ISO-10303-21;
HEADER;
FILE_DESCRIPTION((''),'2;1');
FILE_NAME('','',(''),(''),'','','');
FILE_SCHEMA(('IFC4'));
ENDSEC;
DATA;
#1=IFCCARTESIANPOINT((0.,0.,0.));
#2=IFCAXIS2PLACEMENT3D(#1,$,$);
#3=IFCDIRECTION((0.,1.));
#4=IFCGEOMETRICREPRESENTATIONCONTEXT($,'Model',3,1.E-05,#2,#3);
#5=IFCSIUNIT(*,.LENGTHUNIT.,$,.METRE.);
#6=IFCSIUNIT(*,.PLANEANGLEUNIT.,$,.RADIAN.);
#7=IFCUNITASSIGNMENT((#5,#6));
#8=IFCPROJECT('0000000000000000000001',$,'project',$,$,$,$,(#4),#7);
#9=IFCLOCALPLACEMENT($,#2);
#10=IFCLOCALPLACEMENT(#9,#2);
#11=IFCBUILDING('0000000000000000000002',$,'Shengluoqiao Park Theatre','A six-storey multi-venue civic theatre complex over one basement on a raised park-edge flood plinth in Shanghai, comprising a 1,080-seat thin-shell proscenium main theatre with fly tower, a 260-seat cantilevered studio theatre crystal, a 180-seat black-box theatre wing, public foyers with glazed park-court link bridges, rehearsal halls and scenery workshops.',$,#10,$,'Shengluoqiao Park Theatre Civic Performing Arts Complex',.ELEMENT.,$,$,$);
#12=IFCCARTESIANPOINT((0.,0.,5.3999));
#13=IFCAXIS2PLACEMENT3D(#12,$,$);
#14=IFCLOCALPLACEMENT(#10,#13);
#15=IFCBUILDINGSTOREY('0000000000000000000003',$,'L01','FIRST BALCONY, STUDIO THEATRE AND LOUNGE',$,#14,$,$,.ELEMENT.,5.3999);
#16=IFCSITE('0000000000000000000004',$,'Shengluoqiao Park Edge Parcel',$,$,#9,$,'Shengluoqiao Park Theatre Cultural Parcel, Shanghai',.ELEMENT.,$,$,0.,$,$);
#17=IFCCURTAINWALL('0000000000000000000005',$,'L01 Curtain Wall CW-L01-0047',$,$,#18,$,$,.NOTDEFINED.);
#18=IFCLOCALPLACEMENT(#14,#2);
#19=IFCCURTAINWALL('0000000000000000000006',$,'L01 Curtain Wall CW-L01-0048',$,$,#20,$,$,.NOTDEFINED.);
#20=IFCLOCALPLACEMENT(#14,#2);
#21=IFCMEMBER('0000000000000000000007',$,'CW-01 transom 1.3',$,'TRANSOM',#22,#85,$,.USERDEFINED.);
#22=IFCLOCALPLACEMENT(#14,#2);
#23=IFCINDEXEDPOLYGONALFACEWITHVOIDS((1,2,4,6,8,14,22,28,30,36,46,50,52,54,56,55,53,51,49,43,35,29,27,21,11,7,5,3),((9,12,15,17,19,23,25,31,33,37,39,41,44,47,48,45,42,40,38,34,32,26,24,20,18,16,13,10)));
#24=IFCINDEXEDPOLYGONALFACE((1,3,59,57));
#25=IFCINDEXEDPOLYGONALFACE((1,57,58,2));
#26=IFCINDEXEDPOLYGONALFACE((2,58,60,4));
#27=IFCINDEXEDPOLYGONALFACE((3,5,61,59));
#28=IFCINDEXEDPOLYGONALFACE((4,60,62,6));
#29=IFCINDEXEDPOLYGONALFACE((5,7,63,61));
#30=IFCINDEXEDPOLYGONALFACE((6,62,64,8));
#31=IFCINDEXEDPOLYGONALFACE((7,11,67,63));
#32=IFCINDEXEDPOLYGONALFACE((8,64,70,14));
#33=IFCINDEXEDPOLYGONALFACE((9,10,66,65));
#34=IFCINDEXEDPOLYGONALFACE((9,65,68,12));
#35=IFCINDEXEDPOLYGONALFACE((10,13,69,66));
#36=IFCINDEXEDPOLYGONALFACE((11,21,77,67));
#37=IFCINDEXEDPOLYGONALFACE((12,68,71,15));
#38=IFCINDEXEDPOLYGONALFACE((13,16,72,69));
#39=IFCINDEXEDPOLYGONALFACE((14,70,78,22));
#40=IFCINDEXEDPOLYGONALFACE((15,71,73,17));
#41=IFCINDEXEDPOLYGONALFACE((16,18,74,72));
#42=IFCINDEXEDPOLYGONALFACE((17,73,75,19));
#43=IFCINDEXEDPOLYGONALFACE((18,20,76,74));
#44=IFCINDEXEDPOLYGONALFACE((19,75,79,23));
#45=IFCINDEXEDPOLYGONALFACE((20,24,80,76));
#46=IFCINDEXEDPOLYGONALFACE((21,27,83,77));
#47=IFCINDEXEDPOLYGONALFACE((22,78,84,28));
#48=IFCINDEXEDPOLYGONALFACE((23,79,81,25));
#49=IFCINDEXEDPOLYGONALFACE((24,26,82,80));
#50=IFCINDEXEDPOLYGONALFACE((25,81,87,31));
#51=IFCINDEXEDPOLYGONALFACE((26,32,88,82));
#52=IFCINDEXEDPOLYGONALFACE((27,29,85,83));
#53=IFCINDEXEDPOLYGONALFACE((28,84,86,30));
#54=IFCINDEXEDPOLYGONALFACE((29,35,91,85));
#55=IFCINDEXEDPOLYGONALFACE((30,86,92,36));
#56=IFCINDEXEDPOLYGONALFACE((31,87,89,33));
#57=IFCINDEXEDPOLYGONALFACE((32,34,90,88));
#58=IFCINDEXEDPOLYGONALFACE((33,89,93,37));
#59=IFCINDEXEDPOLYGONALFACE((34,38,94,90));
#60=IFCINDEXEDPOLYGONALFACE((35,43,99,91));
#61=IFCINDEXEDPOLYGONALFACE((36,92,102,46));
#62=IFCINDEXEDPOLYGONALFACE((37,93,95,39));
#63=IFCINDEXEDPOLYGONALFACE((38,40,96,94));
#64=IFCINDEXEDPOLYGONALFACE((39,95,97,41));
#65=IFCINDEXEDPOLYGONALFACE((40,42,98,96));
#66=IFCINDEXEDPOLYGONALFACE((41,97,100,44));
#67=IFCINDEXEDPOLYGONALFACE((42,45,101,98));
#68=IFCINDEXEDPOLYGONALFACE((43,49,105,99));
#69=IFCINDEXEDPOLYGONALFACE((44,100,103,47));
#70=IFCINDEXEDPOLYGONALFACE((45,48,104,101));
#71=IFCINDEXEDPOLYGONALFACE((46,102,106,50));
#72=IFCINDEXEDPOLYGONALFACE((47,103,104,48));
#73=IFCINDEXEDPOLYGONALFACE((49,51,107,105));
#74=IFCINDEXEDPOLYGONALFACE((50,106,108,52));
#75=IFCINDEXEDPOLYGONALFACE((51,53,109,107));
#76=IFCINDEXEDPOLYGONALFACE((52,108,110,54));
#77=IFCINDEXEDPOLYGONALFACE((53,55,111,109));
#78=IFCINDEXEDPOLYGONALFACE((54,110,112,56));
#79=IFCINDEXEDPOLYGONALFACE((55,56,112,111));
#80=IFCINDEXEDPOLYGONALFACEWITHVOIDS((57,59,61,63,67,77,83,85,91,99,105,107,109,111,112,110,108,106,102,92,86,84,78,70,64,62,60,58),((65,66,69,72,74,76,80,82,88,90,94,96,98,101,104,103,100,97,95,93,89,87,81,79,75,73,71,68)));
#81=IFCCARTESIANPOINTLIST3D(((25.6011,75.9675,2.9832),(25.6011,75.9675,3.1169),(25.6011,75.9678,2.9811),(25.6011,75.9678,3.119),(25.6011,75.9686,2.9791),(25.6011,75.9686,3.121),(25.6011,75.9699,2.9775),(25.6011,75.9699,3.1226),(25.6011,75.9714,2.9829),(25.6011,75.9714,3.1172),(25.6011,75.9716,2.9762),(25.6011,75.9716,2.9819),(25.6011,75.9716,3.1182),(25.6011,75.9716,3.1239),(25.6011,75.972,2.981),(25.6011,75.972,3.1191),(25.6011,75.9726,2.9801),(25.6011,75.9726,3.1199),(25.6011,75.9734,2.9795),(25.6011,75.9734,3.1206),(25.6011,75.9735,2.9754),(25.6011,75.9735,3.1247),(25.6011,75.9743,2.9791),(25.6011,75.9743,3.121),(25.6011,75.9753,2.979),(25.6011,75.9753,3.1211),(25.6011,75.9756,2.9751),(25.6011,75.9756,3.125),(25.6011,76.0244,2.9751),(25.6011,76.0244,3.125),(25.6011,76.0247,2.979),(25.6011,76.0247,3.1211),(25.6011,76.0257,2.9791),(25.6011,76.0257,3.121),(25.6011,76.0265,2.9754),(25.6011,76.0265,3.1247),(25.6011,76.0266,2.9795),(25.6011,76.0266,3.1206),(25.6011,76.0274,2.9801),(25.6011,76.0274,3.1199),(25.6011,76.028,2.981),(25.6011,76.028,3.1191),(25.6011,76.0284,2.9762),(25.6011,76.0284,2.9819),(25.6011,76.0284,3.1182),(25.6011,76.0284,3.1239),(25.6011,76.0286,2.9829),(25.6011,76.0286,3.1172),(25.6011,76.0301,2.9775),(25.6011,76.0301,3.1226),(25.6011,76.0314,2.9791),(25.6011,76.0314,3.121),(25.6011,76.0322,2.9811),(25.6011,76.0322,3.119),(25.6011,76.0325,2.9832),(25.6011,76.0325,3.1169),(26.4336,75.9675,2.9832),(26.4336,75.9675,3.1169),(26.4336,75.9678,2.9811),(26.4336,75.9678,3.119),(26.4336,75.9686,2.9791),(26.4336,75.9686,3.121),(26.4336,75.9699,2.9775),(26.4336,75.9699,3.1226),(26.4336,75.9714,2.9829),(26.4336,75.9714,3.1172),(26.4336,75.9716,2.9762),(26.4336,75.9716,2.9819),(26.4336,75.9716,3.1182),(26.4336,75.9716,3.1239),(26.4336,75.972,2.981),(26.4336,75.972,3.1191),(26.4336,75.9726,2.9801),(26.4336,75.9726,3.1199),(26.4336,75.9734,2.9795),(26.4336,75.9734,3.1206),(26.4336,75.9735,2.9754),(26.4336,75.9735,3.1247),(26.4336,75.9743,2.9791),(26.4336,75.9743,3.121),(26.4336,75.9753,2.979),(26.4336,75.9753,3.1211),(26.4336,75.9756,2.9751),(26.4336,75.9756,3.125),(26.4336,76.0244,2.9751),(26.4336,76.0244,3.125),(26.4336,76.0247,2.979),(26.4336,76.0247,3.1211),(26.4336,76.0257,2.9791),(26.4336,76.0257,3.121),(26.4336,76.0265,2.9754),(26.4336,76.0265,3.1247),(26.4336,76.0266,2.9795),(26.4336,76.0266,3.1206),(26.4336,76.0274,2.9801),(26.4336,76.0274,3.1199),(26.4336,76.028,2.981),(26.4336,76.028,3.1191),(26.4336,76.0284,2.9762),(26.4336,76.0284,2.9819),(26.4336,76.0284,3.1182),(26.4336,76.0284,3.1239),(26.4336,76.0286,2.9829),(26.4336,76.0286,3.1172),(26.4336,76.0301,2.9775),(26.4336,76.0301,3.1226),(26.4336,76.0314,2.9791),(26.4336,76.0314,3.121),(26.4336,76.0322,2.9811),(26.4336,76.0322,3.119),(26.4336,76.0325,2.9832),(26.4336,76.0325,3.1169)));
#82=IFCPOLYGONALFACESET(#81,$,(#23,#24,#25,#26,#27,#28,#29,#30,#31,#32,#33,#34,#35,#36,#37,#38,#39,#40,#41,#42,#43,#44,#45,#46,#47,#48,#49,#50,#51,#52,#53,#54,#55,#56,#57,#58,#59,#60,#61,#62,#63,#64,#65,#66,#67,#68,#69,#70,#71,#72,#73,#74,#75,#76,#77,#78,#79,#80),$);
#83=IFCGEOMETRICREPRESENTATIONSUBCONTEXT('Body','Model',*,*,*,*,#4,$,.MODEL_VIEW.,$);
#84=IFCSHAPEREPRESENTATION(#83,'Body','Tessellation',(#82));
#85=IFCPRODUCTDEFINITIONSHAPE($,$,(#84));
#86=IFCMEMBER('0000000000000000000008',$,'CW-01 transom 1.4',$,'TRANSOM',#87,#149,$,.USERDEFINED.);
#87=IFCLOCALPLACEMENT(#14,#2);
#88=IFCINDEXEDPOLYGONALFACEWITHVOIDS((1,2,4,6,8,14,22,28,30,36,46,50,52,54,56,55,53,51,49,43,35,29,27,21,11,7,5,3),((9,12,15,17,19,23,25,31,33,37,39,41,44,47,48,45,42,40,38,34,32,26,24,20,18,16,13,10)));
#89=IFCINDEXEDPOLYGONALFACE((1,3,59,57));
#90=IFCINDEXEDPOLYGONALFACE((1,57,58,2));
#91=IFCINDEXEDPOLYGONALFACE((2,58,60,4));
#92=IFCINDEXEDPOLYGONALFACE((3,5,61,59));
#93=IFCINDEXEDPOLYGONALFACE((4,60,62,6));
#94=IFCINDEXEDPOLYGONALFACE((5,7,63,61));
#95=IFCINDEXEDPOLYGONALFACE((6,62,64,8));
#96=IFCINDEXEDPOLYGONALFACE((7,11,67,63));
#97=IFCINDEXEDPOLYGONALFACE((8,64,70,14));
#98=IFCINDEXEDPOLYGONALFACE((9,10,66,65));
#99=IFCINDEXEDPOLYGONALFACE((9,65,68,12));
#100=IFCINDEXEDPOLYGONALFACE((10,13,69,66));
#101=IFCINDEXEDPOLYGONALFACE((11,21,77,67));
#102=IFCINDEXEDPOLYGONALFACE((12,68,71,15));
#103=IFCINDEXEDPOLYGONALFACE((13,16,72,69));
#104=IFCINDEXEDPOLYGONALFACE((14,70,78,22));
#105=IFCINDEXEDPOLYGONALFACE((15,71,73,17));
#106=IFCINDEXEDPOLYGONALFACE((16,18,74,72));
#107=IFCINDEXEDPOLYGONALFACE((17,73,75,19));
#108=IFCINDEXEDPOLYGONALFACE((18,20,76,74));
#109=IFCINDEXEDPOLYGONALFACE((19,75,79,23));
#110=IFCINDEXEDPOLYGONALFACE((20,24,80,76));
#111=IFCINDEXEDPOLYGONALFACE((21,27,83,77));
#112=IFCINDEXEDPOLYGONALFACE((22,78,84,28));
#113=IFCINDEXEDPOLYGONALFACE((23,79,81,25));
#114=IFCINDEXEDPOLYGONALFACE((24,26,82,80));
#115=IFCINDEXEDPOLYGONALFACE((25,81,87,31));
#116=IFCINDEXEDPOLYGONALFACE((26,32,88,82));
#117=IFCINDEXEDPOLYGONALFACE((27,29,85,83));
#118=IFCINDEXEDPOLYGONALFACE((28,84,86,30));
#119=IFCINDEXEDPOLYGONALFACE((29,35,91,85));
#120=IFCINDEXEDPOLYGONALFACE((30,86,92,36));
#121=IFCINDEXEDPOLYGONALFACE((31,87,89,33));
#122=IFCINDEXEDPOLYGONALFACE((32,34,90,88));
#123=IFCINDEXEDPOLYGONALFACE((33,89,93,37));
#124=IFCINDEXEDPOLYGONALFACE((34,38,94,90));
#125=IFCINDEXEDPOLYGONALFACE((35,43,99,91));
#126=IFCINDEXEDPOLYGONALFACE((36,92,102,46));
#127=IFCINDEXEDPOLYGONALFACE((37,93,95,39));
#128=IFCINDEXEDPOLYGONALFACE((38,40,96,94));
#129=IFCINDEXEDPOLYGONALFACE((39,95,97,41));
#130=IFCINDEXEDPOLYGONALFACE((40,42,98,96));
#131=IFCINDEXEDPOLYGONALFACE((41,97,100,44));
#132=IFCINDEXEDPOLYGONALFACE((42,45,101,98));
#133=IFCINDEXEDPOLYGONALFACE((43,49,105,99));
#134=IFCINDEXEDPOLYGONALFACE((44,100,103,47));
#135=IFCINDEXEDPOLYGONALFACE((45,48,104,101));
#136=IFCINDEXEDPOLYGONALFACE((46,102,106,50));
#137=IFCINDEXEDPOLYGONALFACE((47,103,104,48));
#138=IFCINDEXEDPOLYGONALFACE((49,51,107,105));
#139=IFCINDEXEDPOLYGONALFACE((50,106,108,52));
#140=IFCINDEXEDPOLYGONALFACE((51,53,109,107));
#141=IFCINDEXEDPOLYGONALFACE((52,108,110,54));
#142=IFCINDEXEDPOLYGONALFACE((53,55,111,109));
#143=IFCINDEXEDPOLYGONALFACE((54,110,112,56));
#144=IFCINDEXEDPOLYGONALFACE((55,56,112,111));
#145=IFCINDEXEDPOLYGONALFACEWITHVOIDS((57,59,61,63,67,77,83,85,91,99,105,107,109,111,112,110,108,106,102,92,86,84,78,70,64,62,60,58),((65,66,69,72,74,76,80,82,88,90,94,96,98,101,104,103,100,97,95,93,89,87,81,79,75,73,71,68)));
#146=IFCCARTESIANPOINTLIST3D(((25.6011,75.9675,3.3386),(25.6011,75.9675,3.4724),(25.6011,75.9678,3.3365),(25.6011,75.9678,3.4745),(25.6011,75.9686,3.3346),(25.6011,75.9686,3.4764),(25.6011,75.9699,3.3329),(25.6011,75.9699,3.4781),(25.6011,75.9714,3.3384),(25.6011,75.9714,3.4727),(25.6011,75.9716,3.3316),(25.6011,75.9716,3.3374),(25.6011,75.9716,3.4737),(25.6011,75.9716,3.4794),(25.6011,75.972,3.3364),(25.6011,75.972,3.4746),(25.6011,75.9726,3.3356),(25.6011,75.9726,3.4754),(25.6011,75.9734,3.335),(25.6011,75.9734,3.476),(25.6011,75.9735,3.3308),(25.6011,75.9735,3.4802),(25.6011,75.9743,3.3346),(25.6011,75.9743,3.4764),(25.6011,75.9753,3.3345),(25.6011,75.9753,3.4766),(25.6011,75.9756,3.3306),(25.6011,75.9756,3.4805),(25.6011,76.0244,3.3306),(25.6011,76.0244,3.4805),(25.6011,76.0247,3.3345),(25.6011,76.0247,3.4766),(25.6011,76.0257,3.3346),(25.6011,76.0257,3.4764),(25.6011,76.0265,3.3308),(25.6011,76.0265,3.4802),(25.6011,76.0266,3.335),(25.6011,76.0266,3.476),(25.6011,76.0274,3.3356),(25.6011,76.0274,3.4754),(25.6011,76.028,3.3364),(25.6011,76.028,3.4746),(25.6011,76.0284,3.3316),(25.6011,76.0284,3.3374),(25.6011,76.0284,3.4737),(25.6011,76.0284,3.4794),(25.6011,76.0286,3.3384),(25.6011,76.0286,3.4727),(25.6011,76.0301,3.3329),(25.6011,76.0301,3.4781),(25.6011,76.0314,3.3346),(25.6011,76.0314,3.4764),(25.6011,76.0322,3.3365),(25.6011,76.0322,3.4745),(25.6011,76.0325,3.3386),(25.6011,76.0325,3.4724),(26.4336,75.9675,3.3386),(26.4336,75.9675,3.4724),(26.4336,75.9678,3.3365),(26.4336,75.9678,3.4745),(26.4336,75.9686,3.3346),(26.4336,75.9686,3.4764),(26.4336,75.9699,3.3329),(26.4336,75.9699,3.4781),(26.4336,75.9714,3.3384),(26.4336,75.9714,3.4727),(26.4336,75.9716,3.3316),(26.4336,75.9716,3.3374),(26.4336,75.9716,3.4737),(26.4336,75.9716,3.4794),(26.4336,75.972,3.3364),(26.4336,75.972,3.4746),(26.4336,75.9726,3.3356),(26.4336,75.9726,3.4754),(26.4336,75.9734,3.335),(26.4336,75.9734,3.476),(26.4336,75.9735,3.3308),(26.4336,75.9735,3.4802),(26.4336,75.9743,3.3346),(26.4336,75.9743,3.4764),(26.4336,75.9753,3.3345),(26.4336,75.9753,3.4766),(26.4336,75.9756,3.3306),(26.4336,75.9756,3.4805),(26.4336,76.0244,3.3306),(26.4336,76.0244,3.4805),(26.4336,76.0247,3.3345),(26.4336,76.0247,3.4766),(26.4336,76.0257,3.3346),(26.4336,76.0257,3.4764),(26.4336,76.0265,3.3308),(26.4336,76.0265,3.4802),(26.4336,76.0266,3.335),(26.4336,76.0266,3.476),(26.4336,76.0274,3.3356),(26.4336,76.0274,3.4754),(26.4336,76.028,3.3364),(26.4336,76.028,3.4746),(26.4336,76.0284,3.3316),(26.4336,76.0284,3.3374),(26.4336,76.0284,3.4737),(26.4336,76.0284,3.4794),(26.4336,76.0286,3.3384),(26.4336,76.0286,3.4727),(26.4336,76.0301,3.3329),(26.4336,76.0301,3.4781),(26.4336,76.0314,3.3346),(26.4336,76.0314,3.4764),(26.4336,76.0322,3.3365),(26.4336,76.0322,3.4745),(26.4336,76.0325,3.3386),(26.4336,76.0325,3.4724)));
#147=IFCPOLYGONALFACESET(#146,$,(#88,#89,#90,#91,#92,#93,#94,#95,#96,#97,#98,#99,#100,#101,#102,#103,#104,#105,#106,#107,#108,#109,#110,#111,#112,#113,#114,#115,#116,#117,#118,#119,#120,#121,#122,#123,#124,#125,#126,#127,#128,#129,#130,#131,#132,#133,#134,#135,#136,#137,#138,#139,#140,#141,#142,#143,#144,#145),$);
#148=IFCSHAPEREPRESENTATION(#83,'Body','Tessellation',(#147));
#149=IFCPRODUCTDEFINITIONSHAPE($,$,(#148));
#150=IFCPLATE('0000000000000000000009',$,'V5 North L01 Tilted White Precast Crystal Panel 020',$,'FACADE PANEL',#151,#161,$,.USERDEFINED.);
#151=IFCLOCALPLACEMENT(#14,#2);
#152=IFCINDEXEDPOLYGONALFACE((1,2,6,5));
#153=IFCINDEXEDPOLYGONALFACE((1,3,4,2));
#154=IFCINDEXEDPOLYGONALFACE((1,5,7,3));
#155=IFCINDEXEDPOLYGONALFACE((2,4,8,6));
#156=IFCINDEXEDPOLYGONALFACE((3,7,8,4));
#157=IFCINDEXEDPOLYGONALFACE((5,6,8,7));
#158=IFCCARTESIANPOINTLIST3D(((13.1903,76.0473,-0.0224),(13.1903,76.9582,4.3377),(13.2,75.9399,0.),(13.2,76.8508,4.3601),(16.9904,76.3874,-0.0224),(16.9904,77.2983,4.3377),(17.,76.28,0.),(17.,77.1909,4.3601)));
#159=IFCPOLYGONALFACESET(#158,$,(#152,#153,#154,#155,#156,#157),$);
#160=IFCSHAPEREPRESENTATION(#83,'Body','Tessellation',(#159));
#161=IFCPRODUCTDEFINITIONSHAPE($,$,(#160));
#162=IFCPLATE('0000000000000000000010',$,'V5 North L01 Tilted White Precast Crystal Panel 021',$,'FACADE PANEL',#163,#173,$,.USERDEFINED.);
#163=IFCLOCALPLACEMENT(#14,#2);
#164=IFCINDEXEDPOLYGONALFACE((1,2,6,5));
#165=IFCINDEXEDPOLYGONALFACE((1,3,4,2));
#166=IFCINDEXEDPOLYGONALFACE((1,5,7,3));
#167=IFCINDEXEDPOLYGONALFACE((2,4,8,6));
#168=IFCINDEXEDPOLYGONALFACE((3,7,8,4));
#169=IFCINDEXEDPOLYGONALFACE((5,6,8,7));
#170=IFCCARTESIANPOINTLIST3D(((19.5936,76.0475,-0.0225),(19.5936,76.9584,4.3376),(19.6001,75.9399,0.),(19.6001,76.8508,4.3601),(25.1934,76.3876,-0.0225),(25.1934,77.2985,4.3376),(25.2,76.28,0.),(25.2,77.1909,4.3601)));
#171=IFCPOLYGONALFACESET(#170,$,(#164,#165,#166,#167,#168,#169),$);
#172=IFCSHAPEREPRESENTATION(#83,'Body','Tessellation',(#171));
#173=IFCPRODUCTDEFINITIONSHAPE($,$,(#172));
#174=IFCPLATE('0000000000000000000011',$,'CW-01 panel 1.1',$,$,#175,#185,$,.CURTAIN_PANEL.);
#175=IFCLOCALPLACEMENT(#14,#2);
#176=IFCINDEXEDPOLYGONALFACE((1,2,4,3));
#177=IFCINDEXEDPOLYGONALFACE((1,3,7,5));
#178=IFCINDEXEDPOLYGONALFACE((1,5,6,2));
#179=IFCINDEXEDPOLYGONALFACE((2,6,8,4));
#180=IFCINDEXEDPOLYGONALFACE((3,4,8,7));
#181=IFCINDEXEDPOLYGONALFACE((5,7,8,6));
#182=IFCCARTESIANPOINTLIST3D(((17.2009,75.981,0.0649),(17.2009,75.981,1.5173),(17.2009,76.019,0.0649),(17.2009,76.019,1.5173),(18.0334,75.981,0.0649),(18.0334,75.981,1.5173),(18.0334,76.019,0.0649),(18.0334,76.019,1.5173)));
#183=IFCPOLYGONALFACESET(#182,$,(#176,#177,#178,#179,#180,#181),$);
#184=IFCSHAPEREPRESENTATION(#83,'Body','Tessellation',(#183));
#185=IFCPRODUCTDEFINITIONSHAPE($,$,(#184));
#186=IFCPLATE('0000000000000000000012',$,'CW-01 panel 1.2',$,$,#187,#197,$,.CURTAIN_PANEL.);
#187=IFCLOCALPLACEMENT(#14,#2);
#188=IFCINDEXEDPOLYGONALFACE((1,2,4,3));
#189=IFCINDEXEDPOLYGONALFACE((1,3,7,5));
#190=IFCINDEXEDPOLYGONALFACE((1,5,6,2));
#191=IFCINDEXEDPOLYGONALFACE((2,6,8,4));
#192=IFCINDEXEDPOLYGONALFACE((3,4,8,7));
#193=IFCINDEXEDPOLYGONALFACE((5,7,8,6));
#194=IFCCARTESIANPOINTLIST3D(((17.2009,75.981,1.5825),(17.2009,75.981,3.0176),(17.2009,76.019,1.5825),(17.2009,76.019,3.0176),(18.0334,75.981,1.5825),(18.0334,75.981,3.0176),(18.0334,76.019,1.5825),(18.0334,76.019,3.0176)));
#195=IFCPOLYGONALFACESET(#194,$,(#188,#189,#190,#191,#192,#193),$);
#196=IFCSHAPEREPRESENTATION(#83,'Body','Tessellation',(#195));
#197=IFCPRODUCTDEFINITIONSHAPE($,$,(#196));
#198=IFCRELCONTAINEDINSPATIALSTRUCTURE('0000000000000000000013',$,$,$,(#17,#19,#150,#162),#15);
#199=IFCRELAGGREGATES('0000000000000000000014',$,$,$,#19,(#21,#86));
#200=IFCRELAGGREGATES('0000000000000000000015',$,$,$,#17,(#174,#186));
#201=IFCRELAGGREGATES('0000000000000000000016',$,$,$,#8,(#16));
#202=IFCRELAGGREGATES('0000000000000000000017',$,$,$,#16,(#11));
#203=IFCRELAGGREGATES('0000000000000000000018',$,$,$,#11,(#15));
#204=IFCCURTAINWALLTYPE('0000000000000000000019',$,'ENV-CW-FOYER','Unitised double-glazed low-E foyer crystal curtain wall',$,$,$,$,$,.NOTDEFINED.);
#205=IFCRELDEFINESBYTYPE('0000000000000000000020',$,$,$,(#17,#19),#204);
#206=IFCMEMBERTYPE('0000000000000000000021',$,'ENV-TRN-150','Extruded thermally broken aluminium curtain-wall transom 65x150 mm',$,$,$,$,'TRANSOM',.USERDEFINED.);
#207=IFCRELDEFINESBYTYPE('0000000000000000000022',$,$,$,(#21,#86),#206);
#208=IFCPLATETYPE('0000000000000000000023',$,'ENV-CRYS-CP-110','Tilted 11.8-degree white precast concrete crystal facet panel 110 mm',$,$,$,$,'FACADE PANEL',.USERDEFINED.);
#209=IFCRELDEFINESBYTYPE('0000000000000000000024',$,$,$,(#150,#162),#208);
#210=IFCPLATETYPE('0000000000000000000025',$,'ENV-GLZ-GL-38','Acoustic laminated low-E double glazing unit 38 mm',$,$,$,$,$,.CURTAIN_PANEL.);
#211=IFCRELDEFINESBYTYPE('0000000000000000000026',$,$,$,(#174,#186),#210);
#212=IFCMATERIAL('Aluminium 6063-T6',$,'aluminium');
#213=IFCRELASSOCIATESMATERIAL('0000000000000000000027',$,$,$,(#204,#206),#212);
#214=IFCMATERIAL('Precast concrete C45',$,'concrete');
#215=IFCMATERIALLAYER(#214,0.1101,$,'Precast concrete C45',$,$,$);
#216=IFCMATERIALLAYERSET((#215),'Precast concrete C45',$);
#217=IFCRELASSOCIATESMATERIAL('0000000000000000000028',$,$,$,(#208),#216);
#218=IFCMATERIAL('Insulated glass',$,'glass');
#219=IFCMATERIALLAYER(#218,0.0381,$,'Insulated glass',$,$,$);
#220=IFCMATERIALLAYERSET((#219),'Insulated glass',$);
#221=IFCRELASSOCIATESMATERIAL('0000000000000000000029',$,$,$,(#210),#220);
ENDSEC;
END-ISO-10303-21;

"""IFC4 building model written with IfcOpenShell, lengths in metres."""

from ifc_helpers import new_model, si_unit, direction, frame, origin, origin_2d, place, context, subcontext, project, spatial, polyline, rectangle, hollow_rectangle, outline, extrude, material, layer, layer_set, material_profile, profile_set, type_object, element, aggregate, save


model = new_model("IFC4")

# Units and contexts
model_context = context("Model", 3, precision=1e-05, world=origin(), true_north=direction((0.0, 1.0)))
body_context = subcontext(model_context, "Body", "Model", "MODEL_VIEW")
ifc_project = project(units=[si_unit("LENGTHUNIT", "METRE"), si_unit("PLANEANGLEUNIT", "RADIAN")], contexts=[model_context])

# Site, building, storey
site_placement = place(None, origin())
site = spatial("IfcSite", under=ifc_project, at=site_placement, Name="Shengluoqiao Park Edge Parcel", LongName="Shengluoqiao Park Theatre Cultural Parcel, Shanghai", CompositionType="ELEMENT", RefElevation=0.0)
building_placement = place(site_placement, origin())
building = spatial("IfcBuilding", under=site, at=building_placement, Name="Shengluoqiao Park Theatre", Description="A six-storey multi-venue civic theatre complex over one basement on a raised park-edge flood plinth in Shanghai, comprising a 1,080-seat thin-shell proscenium main theatre with fly tower, a 260-seat cantilevered studio theatre crystal, a 180-seat black-box theatre wing, public foyers with glazed park-court link bridges, rehearsal halls and scenery workshops.", LongName="Shengluoqiao Park Theatre Civic Performing Arts Complex", CompositionType="ELEMENT")
storey_placement = place(building_placement, frame((0.0, 0.0, 5.3999)))
storey = spatial("IfcBuildingStorey", under=building, at=storey_placement, Name="L01", Description="FIRST BALCONY, STUDIO THEATRE AND LOUNGE", CompositionType="ELEMENT", Elevation=5.3999)

# Shared definitions
ifc_material_1 = material(Name="Aluminium 6063-T6", Category="aluminium")
curtain_wall_type = type_object("IfcCurtainWallType", Name="ENV-CW-FOYER", Description="Unitised double-glazed low-E foyer crystal curtain wall", PredefinedType="NOTDEFINED", material=ifc_material_1)

# Curtain wall
curtain_wall_1_placement = place(storey_placement, origin())
curtain_wall_1 = element("IfcCurtainWall", 1, at=curtain_wall_1_placement, inside=storey, type_object=curtain_wall_type, Name="L01 Curtain Wall CW-L01-0047", PredefinedType="NOTDEFINED")

# Curtain wall
curtain_wall_2_placement = place(storey_placement, origin())
curtain_wall_2 = element("IfcCurtainWall", 2, at=curtain_wall_2_placement, inside=storey, type_object=curtain_wall_type, Name="L01 Curtain Wall CW-L01-0048", PredefinedType="NOTDEFINED")

# Members
ifc_material_profile_1 = material_profile(ifc_material_1, hollow_rectangle(XDim=0.0649, YDim=0.1499, WallThickness=0.0039, InnerFilletRadius=0.0039, OuterFilletRadius=0.0081, at=origin_2d()), Name="ALU TRANSOM 150x65x4")
ifc_profile_set_1 = profile_set([ifc_material_profile_1], Name="Aluminium 6063-T6")
member_type_1 = type_object("IfcMemberType", Name="ENV-TRN-150", Description="Extruded thermally broken aluminium curtain-wall transom 65x150 mm", ElementType="TRANSOM", PredefinedType="USERDEFINED", material=ifc_profile_set_1)
member_1_placement = place(storey_placement, frame((25.6011, 76.0, 3.05), z_axis=(1.0, 0.0, 0.0), x_axis=(0.0, 1.0, 0.0)))
member_1 = element("IfcMember", 3, at=member_1_placement, type_object=member_type_1, Name="CW-01 transom 1.3", ObjectType="TRANSOM", PredefinedType="USERDEFINED", context=body_context, shape_type="SweptSolid", body=[
    extrude(hollow_rectangle(XDim=0.0649, YDim=0.1499, WallThickness=0.0039, InnerFilletRadius=0.0039, OuterFilletRadius=0.0081, at=origin_2d()), origin(), (0.0, 0.0, 1.0), 0.8325),
])
member_2_placement = place(storey_placement, frame((25.6011, 76.0, 3.4055), z_axis=(1.0, 0.0, 0.0), x_axis=(0.0, 1.0, 0.0)))
member_2 = element("IfcMember", 4, at=member_2_placement, type_object=member_type_1, Name="CW-01 transom 1.4", ObjectType="TRANSOM", PredefinedType="USERDEFINED", context=body_context, shape_type="SweptSolid", body=[
    extrude(hollow_rectangle(XDim=0.0649, YDim=0.1499, WallThickness=0.0039, InnerFilletRadius=0.0039, OuterFilletRadius=0.0081, at=origin_2d()), origin(), (0.0, 0.0, 1.0), 0.8325),
])
aggregate(curtain_wall_2, [member_1, member_2])

# Plates
ifc_material_2 = material(Name="Precast concrete C45", Category="concrete")
ifc_layer_1 = layer(ifc_material_2, 0.1101, Name="Precast concrete C45")
ifc_layer_set_1 = layer_set([ifc_layer_1], Name="Precast concrete C45")
plate_type_1 = type_object("IfcPlateType", Name="ENV-CRYS-CP-110", Description="Tilted 11.8-degree white precast concrete crystal facet panel 110 mm", ElementType="FACADE PANEL", PredefinedType="USERDEFINED", material=ifc_layer_set_1)
plate_1_placement = place(storey_placement, frame((13.2, 75.9399, 0.0), z_axis=(0.08727, -0.975132, 0.203719), x_axis=(0.996019, 0.089139, 0.0)))
element("IfcPlate", 5, at=plate_1_placement, inside=storey, type_object=plate_type_1, Name="V5 North L01 Tilted White Precast Crystal Panel 020", ObjectType="FACADE PANEL", PredefinedType="USERDEFINED", context=body_context, shape_type="SweptSolid", body=[
    extrude(outline(polyline([(0.0, 0.0), (3.8152, 0.0), (3.8964, 4.4535), (0.0812, 4.4535), (0.0, 0.0)])), origin(), (0.0, 0.0, -1.0), 0.1101),
])
plate_2_placement = place(storey_placement, frame((19.6001, 75.9399, 0.0), z_axis=(0.059343, -0.977142, 0.204139), x_axis=(0.998161, 0.06062, 0.0)))
element("IfcPlate", 6, at=plate_2_placement, inside=storey, type_object=plate_type_1, Name="V5 North L01 Tilted White Precast Crystal Panel 021", ObjectType="FACADE PANEL", PredefinedType="USERDEFINED", context=body_context, shape_type="SweptSolid", body=[
    extrude(outline(polyline([(0.0, 0.0), (5.6102, 0.0), (5.6654, 4.4539), (0.0552, 4.4539), (0.0, 0.0)])), origin(), (0.0, 0.0, -1.0), 0.1101),
])

# Plates
ifc_material_3 = material(Name="Insulated glass", Category="glass")
ifc_layer_2 = layer(ifc_material_3, 0.0381, Name="Insulated glass")
ifc_layer_set_2 = layer_set([ifc_layer_2], Name="Insulated glass")
plate_type_2 = type_object("IfcPlateType", Name="ENV-GLZ-GL-38", Description="Acoustic laminated low-E double glazing unit 38 mm", PredefinedType="CURTAIN_PANEL", material=ifc_layer_set_2)
plate_3_placement = place(storey_placement, frame((17.6172, 76.0, 0.0649), z_axis=(0.0, 0.0, 1.0), x_axis=(1.0, 0.0, 0.0)))
plate_3 = element("IfcPlate", 7, at=plate_3_placement, type_object=plate_type_2, Name="CW-01 panel 1.1", PredefinedType="CURTAIN_PANEL", context=body_context, shape_type="SweptSolid", body=[
    extrude(rectangle(XDim=0.8325, YDim=0.0381, at=origin_2d()), origin(), (0.0, 0.0, 1.0), 1.4524),
])
plate_4_placement = place(storey_placement, frame((17.6172, 76.0, 1.5825), z_axis=(0.0, 0.0, 1.0), x_axis=(1.0, 0.0, 0.0)))
plate_4 = element("IfcPlate", 8, at=plate_4_placement, type_object=plate_type_2, Name="CW-01 panel 1.2", PredefinedType="CURTAIN_PANEL", context=body_context, shape_type="SweptSolid", body=[
    extrude(rectangle(XDim=0.8325, YDim=0.0381, at=origin_2d()), origin(), (0.0, 0.0, 1.0), 1.4351),
])
aggregate(curtain_wall_1, [plate_3, plate_4])

save(model, "model.ifc")
